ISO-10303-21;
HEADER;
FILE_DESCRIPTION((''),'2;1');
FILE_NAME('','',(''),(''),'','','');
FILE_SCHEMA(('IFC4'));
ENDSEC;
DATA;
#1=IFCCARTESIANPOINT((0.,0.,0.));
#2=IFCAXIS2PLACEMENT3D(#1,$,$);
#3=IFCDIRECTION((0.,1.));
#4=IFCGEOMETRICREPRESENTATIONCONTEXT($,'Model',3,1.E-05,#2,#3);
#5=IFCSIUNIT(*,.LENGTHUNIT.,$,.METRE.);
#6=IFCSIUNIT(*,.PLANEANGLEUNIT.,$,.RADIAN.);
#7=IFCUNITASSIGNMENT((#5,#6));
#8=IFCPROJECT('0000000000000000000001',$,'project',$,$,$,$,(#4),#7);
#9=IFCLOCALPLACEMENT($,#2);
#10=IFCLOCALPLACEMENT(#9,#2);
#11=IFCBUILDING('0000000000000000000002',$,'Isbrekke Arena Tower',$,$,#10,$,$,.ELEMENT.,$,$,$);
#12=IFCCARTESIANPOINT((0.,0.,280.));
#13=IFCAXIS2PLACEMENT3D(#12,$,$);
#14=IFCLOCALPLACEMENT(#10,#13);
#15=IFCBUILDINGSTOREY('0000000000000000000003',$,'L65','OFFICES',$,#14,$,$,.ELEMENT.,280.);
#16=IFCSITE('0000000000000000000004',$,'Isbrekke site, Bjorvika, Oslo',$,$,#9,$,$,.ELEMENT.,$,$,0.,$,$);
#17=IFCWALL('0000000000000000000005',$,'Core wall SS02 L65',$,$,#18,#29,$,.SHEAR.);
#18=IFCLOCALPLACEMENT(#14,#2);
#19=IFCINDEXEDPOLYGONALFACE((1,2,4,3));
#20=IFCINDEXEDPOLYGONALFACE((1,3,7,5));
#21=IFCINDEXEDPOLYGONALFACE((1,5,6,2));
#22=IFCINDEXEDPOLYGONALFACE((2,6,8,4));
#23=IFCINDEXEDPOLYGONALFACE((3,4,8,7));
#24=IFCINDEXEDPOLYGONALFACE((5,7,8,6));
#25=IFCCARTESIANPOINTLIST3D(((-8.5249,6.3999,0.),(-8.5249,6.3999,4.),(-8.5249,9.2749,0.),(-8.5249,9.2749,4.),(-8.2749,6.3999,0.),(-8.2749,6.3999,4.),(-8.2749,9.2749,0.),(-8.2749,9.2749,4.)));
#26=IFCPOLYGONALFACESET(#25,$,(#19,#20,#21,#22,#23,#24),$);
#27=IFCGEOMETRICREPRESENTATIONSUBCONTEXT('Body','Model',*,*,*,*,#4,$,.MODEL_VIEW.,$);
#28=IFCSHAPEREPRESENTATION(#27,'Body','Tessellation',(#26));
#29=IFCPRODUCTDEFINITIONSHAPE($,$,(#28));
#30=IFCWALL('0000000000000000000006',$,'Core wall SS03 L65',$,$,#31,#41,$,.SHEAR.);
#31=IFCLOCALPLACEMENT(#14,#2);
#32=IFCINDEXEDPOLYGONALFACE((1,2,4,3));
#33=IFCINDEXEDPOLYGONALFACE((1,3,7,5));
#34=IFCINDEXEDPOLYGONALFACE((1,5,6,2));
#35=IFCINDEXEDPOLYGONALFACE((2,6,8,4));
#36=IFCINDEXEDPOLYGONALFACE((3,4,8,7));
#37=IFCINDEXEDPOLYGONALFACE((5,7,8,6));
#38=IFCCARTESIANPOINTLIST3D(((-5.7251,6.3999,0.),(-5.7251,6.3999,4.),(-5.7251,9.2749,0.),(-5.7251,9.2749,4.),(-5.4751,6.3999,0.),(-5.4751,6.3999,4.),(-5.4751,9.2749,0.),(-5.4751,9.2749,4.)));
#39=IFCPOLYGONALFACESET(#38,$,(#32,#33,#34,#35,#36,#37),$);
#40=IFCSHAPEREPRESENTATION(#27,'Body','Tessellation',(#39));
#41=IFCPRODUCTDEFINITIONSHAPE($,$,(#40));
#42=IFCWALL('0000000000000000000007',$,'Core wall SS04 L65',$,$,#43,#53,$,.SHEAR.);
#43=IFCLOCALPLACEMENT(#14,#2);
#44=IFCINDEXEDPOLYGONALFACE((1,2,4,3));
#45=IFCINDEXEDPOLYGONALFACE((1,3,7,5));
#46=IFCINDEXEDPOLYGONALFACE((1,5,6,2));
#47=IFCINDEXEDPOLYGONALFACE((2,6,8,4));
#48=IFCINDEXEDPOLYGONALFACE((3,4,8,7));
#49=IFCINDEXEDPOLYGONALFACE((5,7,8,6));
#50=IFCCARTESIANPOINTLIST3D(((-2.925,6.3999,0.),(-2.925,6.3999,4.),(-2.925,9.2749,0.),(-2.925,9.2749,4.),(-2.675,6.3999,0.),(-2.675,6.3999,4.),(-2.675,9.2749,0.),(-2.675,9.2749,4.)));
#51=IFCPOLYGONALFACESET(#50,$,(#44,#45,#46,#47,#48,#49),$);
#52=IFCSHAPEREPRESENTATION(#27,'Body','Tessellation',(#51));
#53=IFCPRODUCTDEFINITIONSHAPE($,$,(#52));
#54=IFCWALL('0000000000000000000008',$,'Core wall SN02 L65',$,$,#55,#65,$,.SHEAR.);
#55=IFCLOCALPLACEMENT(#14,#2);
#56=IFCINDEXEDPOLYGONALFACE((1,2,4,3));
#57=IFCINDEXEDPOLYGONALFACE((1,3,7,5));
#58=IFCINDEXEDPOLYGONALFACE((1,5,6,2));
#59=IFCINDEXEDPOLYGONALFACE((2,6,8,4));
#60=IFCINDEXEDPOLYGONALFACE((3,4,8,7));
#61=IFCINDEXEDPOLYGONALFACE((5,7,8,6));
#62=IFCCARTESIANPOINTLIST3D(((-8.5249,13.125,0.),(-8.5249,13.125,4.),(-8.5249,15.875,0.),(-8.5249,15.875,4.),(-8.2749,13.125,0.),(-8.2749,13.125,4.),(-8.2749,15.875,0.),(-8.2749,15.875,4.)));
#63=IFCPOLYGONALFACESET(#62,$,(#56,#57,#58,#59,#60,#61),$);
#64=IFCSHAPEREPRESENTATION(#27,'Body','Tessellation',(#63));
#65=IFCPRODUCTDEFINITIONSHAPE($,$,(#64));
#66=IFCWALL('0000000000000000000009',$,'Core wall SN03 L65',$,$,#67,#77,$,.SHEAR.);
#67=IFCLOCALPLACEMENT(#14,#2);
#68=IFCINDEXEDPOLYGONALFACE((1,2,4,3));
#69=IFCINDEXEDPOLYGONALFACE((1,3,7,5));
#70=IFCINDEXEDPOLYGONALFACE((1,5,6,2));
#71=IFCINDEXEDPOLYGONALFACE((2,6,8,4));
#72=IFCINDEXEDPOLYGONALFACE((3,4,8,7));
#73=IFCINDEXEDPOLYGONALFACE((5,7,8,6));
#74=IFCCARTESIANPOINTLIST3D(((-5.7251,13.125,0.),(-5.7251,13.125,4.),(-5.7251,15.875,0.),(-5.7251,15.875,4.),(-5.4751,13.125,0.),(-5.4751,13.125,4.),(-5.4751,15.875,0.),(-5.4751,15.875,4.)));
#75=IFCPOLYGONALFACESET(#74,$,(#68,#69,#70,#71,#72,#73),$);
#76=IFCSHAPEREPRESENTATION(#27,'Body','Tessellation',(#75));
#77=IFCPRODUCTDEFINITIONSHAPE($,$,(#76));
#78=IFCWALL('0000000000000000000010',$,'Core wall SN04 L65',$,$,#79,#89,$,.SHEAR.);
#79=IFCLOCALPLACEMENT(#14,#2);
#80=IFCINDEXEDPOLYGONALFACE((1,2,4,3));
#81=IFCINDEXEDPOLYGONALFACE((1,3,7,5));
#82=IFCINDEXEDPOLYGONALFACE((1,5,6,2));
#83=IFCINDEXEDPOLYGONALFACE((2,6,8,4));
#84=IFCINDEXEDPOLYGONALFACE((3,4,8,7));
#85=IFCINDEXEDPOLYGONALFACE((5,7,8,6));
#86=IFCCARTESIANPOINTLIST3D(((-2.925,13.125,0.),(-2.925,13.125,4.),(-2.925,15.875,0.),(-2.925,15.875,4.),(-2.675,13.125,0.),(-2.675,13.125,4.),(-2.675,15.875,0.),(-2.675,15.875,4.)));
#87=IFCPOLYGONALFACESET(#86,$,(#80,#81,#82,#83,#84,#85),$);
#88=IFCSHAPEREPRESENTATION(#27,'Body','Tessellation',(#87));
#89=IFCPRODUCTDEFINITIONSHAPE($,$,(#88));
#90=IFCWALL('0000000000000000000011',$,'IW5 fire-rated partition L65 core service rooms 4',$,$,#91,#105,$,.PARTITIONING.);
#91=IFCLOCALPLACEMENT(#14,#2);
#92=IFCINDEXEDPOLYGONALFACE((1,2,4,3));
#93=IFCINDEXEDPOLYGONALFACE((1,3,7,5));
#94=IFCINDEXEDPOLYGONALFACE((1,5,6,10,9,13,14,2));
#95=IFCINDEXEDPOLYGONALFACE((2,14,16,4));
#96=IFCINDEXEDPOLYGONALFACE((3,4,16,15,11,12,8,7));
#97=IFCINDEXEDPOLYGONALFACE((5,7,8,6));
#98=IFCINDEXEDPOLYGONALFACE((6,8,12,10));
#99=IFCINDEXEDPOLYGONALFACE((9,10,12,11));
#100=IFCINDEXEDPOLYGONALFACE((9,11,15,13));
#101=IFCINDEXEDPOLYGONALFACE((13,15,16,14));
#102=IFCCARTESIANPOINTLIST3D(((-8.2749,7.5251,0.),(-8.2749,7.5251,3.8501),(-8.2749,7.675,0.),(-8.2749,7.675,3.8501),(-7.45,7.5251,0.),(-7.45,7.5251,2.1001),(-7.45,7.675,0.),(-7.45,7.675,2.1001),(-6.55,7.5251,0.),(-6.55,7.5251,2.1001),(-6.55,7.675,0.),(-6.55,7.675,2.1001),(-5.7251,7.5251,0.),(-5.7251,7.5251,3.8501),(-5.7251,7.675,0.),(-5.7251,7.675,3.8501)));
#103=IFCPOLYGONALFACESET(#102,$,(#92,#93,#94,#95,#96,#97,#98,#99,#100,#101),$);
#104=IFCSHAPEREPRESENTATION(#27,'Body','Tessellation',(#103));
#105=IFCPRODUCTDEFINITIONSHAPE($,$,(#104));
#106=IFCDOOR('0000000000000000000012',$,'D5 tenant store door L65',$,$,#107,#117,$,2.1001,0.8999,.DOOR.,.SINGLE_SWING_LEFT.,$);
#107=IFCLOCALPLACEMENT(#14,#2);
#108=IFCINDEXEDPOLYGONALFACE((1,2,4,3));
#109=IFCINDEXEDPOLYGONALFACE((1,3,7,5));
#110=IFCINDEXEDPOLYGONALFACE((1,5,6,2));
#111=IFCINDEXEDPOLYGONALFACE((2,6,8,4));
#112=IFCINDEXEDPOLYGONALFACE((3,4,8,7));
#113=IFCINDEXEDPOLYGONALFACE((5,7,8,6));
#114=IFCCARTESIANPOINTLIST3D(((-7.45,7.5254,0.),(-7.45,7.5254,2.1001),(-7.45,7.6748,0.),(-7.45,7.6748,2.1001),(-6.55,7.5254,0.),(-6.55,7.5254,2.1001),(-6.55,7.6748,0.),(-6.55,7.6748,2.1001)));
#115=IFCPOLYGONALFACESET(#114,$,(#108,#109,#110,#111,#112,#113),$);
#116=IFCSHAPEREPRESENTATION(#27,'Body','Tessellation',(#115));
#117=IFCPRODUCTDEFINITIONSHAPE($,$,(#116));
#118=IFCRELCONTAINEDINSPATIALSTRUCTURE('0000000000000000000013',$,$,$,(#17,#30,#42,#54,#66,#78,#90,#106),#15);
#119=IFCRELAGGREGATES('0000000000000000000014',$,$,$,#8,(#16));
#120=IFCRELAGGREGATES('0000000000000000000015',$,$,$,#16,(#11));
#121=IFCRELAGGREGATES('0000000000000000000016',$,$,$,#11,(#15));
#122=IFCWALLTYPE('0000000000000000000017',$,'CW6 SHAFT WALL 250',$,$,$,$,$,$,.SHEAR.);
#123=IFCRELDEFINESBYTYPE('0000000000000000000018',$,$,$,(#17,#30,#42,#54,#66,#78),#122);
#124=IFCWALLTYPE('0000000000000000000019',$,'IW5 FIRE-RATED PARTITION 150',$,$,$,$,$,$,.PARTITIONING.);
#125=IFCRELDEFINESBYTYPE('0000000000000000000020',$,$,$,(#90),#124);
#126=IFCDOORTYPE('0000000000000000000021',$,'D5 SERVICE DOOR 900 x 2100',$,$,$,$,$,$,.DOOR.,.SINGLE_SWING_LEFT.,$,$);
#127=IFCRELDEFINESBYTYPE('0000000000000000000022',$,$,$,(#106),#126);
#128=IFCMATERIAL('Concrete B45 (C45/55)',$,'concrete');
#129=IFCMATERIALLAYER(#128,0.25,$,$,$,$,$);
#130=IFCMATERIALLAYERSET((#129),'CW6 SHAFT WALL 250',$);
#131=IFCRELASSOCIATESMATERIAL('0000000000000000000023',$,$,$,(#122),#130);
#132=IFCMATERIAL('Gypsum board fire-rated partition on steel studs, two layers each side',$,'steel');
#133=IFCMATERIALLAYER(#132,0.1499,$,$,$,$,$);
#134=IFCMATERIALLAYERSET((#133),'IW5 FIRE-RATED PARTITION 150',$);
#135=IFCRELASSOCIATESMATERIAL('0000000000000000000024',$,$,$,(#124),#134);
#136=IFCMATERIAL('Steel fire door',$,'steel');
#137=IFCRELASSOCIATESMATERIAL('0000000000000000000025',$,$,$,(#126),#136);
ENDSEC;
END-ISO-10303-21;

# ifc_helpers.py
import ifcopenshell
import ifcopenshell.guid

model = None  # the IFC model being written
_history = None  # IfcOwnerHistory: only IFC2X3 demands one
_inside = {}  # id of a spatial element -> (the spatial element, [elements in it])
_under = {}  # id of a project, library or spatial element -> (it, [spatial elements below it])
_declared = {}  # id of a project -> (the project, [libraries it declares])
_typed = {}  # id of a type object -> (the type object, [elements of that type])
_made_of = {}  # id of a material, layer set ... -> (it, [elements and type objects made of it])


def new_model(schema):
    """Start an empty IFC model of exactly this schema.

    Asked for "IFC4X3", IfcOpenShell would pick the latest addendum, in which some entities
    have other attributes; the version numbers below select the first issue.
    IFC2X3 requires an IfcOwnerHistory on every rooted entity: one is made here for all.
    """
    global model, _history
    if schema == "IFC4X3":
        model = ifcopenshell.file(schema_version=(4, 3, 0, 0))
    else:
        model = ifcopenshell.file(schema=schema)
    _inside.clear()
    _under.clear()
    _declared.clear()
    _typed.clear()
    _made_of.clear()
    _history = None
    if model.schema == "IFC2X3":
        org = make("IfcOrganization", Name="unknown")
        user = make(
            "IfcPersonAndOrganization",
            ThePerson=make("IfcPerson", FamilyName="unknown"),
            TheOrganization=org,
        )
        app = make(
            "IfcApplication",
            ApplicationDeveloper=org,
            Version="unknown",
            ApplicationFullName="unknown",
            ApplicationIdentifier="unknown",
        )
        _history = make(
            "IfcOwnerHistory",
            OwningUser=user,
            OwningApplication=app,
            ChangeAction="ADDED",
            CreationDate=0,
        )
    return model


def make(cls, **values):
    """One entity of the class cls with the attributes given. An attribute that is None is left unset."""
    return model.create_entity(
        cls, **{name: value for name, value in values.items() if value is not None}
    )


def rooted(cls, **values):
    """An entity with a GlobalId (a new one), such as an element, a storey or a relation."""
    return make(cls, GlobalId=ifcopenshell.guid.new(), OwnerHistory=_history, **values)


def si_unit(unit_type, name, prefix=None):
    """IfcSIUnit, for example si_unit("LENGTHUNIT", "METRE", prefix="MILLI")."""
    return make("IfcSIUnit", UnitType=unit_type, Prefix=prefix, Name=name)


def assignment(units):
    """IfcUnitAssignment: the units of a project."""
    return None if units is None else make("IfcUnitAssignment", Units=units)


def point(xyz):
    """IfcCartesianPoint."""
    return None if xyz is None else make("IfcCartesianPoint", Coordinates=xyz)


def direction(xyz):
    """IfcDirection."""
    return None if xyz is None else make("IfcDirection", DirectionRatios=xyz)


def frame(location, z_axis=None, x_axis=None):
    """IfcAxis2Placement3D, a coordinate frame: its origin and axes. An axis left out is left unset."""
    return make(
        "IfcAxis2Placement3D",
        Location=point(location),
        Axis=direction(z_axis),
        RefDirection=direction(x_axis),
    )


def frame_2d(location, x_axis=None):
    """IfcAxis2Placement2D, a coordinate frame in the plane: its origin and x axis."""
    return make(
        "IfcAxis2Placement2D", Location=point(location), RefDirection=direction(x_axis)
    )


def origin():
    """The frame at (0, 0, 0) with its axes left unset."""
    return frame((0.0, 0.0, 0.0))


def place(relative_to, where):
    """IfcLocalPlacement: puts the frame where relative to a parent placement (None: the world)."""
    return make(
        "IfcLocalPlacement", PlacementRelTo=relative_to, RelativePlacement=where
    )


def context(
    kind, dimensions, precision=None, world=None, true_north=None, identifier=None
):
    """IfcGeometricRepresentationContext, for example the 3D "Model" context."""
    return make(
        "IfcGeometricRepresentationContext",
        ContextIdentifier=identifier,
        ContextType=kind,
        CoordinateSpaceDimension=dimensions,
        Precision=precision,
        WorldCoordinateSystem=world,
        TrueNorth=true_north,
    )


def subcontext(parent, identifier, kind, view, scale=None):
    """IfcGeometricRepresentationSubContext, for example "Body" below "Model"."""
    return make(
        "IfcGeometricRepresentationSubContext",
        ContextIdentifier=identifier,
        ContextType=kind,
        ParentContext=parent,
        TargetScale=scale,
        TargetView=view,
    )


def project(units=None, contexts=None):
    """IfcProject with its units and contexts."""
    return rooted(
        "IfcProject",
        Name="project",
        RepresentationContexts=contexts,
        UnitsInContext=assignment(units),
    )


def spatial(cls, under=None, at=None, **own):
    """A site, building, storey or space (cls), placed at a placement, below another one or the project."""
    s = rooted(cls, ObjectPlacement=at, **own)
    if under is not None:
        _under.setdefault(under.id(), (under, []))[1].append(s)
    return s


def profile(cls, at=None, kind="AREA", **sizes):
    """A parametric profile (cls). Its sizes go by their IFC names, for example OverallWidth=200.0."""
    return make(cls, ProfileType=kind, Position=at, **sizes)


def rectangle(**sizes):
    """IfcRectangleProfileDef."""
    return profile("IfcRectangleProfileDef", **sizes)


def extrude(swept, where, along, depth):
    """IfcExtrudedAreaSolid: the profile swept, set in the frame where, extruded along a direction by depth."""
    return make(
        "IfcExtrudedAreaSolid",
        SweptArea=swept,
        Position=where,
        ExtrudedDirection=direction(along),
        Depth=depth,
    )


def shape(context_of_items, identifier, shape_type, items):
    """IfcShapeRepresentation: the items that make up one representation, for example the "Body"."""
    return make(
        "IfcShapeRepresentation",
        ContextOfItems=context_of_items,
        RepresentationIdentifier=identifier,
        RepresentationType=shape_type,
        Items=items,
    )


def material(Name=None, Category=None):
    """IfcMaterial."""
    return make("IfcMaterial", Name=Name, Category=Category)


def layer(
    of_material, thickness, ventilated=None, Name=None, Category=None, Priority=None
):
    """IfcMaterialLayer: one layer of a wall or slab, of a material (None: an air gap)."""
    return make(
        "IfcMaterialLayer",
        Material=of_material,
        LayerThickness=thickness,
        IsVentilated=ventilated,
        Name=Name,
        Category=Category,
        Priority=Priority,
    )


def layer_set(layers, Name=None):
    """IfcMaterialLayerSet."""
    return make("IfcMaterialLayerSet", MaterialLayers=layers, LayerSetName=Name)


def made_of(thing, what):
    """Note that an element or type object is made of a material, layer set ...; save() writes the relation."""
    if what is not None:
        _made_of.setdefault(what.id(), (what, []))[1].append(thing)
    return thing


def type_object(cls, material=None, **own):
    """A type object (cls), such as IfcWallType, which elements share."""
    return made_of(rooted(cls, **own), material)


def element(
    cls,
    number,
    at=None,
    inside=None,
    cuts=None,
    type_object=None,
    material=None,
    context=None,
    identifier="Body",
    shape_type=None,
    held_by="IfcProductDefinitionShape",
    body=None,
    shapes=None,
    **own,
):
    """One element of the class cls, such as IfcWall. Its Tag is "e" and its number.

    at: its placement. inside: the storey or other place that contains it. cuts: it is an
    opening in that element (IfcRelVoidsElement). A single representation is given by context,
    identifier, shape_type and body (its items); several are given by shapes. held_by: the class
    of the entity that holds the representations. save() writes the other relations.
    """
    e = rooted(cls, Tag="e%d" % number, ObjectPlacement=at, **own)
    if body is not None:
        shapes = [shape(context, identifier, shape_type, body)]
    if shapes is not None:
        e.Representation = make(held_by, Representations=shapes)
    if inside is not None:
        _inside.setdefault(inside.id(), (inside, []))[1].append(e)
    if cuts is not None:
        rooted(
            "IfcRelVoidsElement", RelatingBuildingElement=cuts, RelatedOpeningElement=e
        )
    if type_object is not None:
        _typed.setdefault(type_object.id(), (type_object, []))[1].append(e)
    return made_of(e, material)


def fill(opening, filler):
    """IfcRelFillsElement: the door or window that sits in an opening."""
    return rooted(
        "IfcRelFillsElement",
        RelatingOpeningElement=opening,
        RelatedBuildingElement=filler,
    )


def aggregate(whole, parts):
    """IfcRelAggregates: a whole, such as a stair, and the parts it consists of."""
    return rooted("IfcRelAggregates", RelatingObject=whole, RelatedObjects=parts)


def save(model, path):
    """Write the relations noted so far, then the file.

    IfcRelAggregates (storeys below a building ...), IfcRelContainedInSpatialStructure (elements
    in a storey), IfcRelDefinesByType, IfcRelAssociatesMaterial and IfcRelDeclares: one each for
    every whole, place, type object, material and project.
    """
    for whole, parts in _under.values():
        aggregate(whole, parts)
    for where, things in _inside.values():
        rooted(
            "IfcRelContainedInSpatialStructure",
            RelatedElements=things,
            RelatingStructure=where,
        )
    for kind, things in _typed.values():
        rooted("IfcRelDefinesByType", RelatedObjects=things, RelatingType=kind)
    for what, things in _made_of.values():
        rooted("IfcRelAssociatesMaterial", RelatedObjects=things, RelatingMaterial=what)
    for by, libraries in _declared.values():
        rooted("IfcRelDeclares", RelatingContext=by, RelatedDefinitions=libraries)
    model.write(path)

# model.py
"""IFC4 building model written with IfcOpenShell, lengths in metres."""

from ifc_helpers import new_model, si_unit, direction, frame, frame_2d, origin, place, context, subcontext, project, spatial, rectangle, extrude, material, layer, layer_set, type_object, element, fill, save


model = new_model("IFC4")

# Units and contexts
model_context = context("Model", 3, precision=1e-05, world=origin(), true_north=direction((0.0, 1.0)))
body_context = subcontext(model_context, "Body", "Model", "MODEL_VIEW")
ifc_project = project(units=[si_unit("LENGTHUNIT", "METRE"), si_unit("PLANEANGLEUNIT", "RADIAN")], contexts=[model_context])

# Site, building, storey
site_placement = place(None, origin())
site = spatial("IfcSite", under=ifc_project, at=site_placement, Name="Isbrekke site, Bjorvika, Oslo", CompositionType="ELEMENT", RefElevation=0.0)
building_placement = place(site_placement, origin())
building = spatial("IfcBuilding", under=site, at=building_placement, Name="Isbrekke Arena Tower", CompositionType="ELEMENT")
storey_placement = place(building_placement, frame((0.0, 0.0, 280.0)))
storey = spatial("IfcBuildingStorey", under=building, at=storey_placement, Name="L65", Description="OFFICES", CompositionType="ELEMENT", Elevation=280.0)

# Walls
ifc_material_1 = material(Name="Concrete B45 (C45/55)", Category="concrete")
ifc_layer_1 = layer(ifc_material_1, 0.25)
ifc_layer_set_1 = layer_set([ifc_layer_1], Name="CW6 SHAFT WALL 250")
wall_type_1 = type_object("IfcWallType", Name="CW6 SHAFT WALL 250", PredefinedType="SHEAR", material=ifc_layer_set_1)
for number, where, z_axis, x_axis, name in (
    (1, (-8.3999, 6.3999, 0.0), (0.0, 0.0, 1.0), (0.0, 1.0, 0.0), "Core wall SS02 L65"),
    (2, (-5.6001, 6.3999, 0.0), (0.0, 0.0, 1.0), (0.0, 1.0, 0.0), "Core wall SS03 L65"),
    (3, (-2.8, 6.3999, 0.0), (0.0, 0.0, 1.0), (0.0, 1.0, 0.0), "Core wall SS04 L65"),
):
    element("IfcWall", number, at=place(storey_placement, frame(where, z_axis=z_axis, x_axis=x_axis)), inside=storey, type_object=wall_type_1, Name=name, PredefinedType="SHEAR", context=body_context, shape_type="SweptSolid", body=[
        extrude(rectangle(XDim=2.875, YDim=0.25, at=frame_2d((1.4375, 0.0))), origin(), (0.0, 0.0, 1.0), 4.0),
    ])
for number, where, z_axis, x_axis, name in (
    (4, (-8.3999, 13.125, 0.0), (0.0, 0.0, 1.0), (0.0, 1.0, 0.0), "Core wall SN02 L65"),
    (5, (-5.6001, 13.125, 0.0), (0.0, 0.0, 1.0), (0.0, 1.0, 0.0), "Core wall SN03 L65"),
    (6, (-2.8, 13.125, 0.0), (0.0, 0.0, 1.0), (0.0, 1.0, 0.0), "Core wall SN04 L65"),
):
    element("IfcWall", number, at=place(storey_placement, frame(where, z_axis=z_axis, x_axis=x_axis)), inside=storey, type_object=wall_type_1, Name=name, PredefinedType="SHEAR", context=body_context, shape_type="SweptSolid", body=[
        extrude(rectangle(XDim=2.75, YDim=0.25, at=frame_2d((1.375, 0.0))), origin(), (0.0, 0.0, 1.0), 4.0),
    ])

# Wall, opening, door
ifc_material_2 = material(Name="Gypsum board fire-rated partition on steel studs, two layers each side", Category="steel")
ifc_layer_2 = layer(ifc_material_2, 0.1499)
ifc_layer_set_2 = layer_set([ifc_layer_2], Name="IW5 FIRE-RATED PARTITION 150")
wall_type_2 = type_object("IfcWallType", Name="IW5 FIRE-RATED PARTITION 150", PredefinedType="PARTITIONING", material=ifc_layer_set_2)
wall_placement = place(storey_placement, frame((-8.2749, 7.6001, 0.0), z_axis=(0.0, 0.0, 1.0), x_axis=(1.0, 0.0, 0.0)))
wall = element("IfcWall", 7, at=wall_placement, inside=storey, type_object=wall_type_2, Name="IW5 fire-rated partition L65 core service rooms 4", PredefinedType="PARTITIONING", context=body_context, shape_type="SweptSolid", body=[
    extrude(rectangle(XDim=2.5498, YDim=0.1499, at=frame_2d((1.2749, 0.0))), origin(), (0.0, 0.0, 1.0), 3.8501),
])
opening_placement = place(wall_placement, frame((0.825, 0.0, 0.0)))
opening = element("IfcOpeningElement", 8, at=opening_placement, cuts=wall, PredefinedType="OPENING", context=body_context, shape_type="SweptSolid", body=[
    extrude(rectangle(XDim=0.8999, YDim=2.1001, at=frame_2d((0.45, 1.05))), frame((0.0, 0.0898, 0.0), z_axis=(0.0, -1.0, 0.0), x_axis=(1.0, 0.0, 0.0)), (0.0, 0.0, 1.0), 0.1797),
])
ifc_material_3 = material(Name="Steel fire door", Category="steel")
door_type = type_object("IfcDoorType", Name="D5 SERVICE DOOR 900 x 2100", OperationType="SINGLE_SWING_LEFT", PredefinedType="DOOR", material=ifc_material_3)
door_placement = place(opening_placement, origin())
door = element("IfcDoor", 9, at=door_placement, inside=storey, type_object=door_type, Name="D5 tenant store door L65", OperationType="SINGLE_SWING_LEFT", OverallHeight=2.1001, OverallWidth=0.8999, PredefinedType="DOOR", context=body_context, shape_type="SweptSolid", body=[
    extrude(rectangle(XDim=0.8999, YDim=2.1001, at=frame_2d((0.45, 1.05))), frame((0.0, 0.0747, 0.0), z_axis=(0.0, -1.0, 0.0), x_axis=(1.0, 0.0, 0.0)), (0.0, 0.0, 1.0), 0.1494),
])
fill(opening, door)

save(model, "model.ifc")
